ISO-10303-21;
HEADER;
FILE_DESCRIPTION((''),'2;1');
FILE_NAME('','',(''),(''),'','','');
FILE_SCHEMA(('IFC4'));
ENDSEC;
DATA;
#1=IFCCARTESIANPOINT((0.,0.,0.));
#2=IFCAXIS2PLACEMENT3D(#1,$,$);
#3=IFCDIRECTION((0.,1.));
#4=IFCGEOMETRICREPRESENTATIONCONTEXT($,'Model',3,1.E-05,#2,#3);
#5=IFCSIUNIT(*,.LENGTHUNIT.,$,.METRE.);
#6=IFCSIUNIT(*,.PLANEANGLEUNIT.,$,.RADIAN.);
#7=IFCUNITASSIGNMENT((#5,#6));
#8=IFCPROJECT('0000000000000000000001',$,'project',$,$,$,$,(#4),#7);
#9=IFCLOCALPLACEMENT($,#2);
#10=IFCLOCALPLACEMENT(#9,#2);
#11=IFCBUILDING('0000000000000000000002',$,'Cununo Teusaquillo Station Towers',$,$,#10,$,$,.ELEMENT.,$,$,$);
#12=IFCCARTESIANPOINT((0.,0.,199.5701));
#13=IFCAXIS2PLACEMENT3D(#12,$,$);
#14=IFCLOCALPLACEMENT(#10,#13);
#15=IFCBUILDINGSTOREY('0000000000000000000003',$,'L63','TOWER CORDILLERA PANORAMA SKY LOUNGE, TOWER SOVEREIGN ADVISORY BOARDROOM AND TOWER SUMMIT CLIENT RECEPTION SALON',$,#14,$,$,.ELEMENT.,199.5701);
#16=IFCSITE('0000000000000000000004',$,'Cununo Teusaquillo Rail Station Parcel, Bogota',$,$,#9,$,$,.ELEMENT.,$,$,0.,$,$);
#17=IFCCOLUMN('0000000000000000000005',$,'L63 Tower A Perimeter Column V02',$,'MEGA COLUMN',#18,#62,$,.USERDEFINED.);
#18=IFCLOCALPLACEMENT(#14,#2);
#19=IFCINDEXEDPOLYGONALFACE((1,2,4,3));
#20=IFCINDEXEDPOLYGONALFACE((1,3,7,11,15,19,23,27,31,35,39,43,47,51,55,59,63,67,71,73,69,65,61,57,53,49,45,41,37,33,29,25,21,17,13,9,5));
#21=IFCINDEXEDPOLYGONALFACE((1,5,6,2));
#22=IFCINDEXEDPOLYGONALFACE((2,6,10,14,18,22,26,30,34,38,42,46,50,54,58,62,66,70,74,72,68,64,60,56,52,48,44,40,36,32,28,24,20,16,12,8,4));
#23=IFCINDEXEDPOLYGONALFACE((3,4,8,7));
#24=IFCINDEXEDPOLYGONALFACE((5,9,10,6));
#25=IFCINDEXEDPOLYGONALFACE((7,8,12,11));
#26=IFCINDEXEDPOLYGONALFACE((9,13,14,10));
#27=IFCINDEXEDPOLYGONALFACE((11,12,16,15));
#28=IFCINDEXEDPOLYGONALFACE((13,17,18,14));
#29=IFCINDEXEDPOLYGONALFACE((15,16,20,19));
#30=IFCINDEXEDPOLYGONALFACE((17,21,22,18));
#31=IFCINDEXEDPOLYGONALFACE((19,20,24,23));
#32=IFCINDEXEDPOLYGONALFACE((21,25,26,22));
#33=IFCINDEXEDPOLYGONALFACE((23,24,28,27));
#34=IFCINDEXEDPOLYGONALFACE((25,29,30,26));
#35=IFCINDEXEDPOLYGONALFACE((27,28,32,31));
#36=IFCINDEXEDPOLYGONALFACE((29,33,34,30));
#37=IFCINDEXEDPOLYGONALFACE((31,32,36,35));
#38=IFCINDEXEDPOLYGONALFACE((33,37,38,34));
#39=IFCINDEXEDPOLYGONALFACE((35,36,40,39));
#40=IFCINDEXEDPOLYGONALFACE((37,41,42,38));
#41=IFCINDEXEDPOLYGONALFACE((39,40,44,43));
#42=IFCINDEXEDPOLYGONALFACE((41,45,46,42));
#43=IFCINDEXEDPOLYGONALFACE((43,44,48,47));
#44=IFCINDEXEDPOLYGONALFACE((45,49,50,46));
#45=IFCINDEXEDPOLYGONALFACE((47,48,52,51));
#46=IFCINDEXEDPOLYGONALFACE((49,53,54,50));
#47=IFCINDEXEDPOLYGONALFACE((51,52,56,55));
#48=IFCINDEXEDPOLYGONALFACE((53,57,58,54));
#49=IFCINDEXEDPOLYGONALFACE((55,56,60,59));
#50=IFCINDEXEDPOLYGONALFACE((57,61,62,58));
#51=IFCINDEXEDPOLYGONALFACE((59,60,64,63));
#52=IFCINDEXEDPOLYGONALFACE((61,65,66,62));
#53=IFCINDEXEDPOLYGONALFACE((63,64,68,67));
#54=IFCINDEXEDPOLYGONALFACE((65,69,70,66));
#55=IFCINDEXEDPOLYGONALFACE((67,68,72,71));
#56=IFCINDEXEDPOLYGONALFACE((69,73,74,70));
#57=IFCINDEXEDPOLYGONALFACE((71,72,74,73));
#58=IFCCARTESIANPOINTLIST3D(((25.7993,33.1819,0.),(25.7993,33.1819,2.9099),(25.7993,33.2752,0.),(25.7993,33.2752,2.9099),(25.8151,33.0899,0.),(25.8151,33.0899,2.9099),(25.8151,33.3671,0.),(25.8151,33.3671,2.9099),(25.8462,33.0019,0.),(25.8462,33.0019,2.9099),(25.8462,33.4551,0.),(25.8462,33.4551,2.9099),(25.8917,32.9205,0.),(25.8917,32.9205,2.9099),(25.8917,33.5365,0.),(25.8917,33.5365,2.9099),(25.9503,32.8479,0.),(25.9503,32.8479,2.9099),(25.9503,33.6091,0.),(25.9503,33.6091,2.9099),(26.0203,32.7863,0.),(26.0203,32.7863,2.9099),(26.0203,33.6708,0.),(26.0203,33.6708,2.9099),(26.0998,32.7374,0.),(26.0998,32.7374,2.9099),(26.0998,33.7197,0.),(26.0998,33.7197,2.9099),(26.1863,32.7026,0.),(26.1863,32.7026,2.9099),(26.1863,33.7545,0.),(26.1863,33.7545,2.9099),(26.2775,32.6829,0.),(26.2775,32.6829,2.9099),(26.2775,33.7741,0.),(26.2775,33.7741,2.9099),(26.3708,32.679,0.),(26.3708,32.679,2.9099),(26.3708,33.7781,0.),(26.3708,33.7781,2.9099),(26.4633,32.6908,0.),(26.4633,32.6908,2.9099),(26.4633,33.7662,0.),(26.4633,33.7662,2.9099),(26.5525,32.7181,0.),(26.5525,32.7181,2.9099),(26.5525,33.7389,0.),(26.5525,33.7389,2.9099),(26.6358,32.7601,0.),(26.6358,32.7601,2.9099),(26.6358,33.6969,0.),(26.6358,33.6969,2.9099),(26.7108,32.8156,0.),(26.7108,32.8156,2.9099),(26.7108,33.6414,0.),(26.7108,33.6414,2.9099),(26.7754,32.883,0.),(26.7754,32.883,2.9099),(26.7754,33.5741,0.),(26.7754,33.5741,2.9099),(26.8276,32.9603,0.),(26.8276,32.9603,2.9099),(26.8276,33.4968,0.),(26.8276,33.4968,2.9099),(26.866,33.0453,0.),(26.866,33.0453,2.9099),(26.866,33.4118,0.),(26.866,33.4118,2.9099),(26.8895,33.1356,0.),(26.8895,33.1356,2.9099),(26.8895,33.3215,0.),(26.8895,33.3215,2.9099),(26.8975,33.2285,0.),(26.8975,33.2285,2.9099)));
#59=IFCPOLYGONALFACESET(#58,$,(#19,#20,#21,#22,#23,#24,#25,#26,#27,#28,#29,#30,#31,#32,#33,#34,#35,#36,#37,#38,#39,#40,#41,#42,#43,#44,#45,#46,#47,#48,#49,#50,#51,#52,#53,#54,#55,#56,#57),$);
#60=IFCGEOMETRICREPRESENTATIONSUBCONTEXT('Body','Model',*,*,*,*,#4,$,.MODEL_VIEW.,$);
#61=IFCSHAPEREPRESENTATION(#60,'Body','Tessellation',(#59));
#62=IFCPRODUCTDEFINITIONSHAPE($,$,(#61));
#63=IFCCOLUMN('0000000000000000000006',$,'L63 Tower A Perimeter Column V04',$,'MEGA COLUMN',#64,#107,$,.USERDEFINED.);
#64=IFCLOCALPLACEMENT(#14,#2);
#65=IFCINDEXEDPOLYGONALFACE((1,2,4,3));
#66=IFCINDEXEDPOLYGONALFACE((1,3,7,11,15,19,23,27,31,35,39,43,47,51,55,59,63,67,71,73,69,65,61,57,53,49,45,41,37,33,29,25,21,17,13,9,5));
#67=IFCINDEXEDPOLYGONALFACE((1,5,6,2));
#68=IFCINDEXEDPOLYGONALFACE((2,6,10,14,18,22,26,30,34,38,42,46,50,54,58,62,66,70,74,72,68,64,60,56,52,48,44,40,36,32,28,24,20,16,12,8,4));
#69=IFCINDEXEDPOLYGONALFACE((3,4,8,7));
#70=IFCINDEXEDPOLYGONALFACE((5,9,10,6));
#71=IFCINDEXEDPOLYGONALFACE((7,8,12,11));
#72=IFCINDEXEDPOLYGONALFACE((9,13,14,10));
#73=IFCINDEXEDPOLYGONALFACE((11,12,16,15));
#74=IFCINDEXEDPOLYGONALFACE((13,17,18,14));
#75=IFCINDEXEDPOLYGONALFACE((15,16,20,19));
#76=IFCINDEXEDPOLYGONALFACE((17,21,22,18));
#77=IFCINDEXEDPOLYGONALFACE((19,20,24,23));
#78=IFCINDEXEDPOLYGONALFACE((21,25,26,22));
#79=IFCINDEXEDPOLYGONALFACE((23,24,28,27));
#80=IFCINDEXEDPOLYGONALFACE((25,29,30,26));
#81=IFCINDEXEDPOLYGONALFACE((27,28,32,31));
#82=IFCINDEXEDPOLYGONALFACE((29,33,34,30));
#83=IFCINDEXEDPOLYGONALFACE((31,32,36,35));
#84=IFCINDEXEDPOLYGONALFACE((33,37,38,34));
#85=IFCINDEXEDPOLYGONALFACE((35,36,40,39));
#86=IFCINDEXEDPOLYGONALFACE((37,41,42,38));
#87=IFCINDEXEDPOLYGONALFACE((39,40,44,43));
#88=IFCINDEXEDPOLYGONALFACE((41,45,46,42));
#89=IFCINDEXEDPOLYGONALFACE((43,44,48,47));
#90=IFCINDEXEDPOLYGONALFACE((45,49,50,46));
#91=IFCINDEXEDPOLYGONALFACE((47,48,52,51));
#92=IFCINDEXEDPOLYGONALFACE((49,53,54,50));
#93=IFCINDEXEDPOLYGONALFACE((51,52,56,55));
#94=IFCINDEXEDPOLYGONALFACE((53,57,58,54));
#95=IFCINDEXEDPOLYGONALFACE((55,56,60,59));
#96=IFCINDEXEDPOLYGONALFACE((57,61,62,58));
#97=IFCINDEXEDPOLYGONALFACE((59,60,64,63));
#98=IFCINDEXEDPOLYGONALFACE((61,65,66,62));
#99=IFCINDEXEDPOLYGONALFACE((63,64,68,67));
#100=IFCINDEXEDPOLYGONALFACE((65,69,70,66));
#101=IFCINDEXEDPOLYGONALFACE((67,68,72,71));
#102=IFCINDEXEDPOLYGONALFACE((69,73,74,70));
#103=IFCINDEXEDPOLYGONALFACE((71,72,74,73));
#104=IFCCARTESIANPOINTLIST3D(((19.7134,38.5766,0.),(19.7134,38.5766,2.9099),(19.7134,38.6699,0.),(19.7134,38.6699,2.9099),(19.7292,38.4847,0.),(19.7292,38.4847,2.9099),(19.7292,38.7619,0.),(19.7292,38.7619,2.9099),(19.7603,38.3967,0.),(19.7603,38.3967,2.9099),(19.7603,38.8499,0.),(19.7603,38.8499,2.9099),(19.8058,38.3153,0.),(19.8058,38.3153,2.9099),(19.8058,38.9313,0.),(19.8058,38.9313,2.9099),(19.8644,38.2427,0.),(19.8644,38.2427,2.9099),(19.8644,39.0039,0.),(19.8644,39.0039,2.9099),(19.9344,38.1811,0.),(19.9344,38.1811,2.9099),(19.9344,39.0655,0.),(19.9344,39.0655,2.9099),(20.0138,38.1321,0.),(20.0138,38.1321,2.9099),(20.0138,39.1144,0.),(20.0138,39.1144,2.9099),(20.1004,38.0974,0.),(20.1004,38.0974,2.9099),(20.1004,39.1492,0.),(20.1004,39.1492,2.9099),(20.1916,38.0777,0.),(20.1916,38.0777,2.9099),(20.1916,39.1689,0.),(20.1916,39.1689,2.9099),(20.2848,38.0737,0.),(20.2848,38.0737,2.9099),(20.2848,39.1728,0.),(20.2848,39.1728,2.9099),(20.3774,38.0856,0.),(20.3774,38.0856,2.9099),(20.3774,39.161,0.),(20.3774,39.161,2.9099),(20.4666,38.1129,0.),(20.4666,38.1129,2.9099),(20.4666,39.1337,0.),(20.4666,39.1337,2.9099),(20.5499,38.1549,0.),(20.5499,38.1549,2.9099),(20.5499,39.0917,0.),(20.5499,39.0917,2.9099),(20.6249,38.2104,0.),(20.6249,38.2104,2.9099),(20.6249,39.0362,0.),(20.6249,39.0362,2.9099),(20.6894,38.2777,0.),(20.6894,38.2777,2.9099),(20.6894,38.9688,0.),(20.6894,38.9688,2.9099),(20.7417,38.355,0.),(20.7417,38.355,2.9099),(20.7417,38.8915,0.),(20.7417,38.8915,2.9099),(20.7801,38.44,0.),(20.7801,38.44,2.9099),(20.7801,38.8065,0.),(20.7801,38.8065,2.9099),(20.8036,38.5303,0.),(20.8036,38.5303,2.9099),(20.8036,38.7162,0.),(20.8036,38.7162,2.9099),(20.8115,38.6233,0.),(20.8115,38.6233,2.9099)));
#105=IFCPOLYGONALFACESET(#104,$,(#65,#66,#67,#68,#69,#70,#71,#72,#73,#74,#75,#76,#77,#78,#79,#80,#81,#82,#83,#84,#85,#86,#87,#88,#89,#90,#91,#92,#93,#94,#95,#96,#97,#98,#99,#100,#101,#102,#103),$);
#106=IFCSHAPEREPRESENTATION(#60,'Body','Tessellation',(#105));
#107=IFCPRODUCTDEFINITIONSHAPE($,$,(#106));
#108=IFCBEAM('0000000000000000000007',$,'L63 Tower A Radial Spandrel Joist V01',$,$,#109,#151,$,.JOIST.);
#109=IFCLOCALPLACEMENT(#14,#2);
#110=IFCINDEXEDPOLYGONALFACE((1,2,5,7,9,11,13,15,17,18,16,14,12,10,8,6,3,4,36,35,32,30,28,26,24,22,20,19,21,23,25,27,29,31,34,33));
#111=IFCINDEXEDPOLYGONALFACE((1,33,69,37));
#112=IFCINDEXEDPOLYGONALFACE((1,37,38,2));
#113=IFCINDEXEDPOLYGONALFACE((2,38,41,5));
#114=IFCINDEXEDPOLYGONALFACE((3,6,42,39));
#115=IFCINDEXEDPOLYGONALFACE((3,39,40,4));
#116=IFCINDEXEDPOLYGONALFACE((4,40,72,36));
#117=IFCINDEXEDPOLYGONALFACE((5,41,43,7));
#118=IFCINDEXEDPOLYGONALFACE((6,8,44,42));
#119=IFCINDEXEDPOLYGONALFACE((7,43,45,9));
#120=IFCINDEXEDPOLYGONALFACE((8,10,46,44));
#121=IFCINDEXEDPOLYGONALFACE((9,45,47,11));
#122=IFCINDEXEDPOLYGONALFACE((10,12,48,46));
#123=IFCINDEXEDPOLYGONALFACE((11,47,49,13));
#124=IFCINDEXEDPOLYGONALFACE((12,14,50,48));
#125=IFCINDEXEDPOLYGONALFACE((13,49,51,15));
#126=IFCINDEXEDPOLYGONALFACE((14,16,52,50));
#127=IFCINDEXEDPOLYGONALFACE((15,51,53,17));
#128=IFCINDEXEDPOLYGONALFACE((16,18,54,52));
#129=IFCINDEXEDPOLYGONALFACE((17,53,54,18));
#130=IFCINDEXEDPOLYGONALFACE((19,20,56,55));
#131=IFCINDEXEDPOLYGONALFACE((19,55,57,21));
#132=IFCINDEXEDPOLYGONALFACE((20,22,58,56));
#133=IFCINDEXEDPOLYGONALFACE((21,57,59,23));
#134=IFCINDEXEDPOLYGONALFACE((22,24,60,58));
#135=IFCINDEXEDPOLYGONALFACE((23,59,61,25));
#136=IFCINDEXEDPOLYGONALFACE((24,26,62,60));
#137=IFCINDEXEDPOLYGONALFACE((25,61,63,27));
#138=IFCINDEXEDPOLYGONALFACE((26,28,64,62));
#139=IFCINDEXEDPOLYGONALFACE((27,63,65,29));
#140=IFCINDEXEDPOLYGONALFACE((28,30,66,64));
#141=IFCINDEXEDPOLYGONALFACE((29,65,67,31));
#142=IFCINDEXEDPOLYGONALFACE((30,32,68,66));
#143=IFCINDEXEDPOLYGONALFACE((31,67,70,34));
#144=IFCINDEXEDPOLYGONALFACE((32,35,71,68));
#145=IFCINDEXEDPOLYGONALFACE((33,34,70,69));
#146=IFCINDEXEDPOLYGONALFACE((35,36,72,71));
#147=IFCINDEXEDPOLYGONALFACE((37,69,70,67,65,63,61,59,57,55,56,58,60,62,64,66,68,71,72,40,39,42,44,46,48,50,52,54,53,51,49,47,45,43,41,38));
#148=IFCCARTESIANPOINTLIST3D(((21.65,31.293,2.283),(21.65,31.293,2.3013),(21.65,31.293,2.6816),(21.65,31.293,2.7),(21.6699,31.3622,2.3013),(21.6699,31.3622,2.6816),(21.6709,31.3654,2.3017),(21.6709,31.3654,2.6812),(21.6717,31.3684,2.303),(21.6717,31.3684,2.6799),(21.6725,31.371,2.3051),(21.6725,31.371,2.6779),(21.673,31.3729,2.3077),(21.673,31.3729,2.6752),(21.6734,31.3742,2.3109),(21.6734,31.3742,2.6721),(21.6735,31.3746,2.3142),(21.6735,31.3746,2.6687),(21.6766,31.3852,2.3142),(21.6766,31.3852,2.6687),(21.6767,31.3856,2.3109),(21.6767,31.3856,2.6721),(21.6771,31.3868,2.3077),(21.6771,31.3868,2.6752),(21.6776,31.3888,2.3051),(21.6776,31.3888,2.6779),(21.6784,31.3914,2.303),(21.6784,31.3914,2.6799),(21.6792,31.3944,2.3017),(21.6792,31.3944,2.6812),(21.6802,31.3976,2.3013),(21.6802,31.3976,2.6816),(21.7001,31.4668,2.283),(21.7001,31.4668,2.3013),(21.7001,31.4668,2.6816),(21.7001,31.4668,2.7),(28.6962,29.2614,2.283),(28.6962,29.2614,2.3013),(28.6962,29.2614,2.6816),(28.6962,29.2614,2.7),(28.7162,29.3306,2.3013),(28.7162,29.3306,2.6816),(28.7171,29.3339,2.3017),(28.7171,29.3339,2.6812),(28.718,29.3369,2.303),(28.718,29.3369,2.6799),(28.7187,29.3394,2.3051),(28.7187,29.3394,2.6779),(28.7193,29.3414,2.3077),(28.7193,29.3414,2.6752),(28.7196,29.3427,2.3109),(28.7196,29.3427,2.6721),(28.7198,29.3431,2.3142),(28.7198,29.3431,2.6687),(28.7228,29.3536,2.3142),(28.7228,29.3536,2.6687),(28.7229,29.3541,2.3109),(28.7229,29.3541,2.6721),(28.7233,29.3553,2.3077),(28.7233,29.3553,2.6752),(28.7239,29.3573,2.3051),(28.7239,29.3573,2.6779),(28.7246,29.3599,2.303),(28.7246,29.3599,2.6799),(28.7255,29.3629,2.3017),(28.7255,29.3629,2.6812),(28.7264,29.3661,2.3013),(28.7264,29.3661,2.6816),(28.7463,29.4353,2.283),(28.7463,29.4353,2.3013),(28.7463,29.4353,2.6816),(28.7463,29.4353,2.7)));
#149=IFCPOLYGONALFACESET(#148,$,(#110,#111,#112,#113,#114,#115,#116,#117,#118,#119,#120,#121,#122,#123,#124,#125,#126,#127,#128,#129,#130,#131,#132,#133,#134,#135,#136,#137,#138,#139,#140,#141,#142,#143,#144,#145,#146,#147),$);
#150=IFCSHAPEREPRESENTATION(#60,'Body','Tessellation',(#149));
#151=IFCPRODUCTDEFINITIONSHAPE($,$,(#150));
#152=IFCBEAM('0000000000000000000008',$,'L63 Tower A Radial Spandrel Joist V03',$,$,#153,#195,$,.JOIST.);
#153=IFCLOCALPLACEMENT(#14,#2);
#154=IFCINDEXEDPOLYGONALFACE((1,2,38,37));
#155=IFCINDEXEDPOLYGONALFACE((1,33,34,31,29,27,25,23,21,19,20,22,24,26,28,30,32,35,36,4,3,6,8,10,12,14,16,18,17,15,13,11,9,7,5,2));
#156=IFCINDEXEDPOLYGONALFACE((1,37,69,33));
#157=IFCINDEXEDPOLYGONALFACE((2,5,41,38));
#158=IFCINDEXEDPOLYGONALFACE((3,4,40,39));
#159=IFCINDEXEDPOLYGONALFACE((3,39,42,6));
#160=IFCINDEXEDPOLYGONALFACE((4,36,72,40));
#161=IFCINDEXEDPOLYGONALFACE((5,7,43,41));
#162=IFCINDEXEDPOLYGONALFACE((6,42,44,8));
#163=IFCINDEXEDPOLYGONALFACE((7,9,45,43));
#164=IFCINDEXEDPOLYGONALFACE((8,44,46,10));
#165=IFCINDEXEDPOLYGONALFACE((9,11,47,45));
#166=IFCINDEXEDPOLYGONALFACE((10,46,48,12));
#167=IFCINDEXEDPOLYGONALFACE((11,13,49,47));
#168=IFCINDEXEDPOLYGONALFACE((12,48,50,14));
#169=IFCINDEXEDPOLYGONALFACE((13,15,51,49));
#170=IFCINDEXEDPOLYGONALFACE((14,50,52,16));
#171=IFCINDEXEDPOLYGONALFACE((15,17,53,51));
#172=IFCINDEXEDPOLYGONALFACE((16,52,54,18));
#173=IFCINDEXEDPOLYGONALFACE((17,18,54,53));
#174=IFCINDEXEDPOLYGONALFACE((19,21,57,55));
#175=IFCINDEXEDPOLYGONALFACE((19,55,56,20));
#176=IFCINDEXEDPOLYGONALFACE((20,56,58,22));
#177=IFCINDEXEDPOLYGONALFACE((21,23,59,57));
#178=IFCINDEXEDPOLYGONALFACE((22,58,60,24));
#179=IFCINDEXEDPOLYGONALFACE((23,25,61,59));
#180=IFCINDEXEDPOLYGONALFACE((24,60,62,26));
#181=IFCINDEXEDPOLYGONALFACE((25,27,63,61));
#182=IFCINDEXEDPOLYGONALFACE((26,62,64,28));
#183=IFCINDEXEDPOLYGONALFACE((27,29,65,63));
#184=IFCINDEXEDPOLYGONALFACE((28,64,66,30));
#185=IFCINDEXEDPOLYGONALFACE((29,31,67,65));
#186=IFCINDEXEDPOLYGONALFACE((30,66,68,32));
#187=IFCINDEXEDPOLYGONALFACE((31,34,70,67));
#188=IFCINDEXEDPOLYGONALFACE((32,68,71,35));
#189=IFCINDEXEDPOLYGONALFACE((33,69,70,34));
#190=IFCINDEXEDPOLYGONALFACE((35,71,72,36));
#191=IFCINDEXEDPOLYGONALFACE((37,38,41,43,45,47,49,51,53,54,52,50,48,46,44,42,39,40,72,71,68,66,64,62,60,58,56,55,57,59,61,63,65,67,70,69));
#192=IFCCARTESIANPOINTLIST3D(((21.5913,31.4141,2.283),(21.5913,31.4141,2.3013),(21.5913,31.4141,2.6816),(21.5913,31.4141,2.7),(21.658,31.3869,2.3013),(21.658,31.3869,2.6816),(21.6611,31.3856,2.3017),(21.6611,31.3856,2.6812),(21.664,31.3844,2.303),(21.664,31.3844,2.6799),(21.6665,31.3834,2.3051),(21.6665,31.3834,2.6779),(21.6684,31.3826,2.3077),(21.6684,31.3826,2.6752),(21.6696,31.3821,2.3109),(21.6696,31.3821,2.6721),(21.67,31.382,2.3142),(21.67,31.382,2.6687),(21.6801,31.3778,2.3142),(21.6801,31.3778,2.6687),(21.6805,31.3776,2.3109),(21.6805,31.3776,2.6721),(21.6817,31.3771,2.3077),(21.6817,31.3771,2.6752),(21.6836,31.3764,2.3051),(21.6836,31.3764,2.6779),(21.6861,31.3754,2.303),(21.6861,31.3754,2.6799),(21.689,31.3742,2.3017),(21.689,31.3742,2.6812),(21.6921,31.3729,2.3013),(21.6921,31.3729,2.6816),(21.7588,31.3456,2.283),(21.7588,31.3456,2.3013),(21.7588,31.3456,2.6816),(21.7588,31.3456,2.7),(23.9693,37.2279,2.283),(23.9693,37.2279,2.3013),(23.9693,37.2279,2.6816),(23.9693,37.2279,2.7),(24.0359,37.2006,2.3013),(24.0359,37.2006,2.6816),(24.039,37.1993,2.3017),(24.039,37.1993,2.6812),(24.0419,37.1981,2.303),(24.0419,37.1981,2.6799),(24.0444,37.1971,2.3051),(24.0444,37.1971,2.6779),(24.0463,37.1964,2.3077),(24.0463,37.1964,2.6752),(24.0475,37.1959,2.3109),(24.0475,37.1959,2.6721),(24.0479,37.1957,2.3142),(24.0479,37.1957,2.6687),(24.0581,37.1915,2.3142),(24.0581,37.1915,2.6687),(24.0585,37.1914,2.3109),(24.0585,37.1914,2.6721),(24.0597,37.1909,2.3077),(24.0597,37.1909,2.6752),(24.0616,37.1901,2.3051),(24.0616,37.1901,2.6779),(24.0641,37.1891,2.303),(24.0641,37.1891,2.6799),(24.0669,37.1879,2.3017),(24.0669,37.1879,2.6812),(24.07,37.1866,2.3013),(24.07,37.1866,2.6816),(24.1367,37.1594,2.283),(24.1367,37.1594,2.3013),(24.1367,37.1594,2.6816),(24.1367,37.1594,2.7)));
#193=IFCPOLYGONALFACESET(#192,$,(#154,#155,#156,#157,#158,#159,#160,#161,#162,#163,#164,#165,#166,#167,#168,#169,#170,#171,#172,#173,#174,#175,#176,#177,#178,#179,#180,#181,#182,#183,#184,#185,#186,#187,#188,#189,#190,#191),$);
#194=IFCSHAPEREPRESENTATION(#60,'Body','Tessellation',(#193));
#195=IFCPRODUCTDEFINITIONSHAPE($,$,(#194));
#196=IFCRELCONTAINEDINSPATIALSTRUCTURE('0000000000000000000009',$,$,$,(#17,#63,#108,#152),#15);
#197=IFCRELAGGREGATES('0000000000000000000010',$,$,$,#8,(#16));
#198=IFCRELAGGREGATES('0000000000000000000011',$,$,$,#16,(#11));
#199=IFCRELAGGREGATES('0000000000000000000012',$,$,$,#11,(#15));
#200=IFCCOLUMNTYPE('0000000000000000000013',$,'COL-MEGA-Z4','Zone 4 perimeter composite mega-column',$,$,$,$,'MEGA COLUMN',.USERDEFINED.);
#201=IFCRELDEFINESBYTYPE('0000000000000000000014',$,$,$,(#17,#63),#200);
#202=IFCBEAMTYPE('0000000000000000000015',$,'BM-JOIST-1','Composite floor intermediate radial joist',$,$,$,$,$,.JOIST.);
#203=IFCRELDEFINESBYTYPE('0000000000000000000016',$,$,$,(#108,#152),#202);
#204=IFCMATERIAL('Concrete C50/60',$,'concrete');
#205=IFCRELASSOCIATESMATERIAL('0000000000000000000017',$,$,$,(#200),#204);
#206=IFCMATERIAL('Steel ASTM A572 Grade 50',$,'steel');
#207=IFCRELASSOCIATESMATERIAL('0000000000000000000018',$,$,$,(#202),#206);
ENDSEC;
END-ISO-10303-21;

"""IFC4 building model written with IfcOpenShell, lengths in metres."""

from ifc_helpers import new_model, si_unit, direction, frame, origin, origin_2d, place, context, subcontext, project, spatial, circle, i_section, extrude, material, material_profile, profile_set, type_object, element, save


model = new_model("IFC4")

# Units and contexts
model_context = context("Model", 3, precision=1e-05, world=origin(), true_north=direction((0.0, 1.0)))
body_context = subcontext(model_context, "Body", "Model", "MODEL_VIEW")
ifc_project = project(units=[si_unit("LENGTHUNIT", "METRE"), si_unit("PLANEANGLEUNIT", "RADIAN")], contexts=[model_context])

# Site, building, storey
site_placement = place(None, origin())
site = spatial("IfcSite", under=ifc_project, at=site_placement, Name="Cununo Teusaquillo Rail Station Parcel, Bogota", CompositionType="ELEMENT", RefElevation=0.0)
building_placement = place(site_placement, origin())
building = spatial("IfcBuilding", under=site, at=building_placement, Name="Cununo Teusaquillo Station Towers", CompositionType="ELEMENT")
storey_placement = place(building_placement, frame((0.0, 0.0, 199.5701)))
storey = spatial("IfcBuildingStorey", under=building, at=storey_placement, Name="L63", Description="TOWER CORDILLERA PANORAMA SKY LOUNGE, TOWER SOVEREIGN ADVISORY BOARDROOM AND TOWER SUMMIT CLIENT RECEPTION SALON", CompositionType="ELEMENT", Elevation=199.5701)

# Columns
ifc_material_1 = material(Name="Concrete C50/60", Category="concrete")
ifc_material_profile_1 = material_profile(ifc_material_1, circle(Radius=0.55, at=origin_2d()), Name="RC-CIRC-1100")
ifc_profile_set_1 = profile_set([ifc_material_profile_1], Name="Concrete C50/60")
column_type = type_object("IfcColumnType", Name="COL-MEGA-Z4", Description="Zone 4 perimeter composite mega-column", ElementType="MEGA COLUMN", PredefinedType="USERDEFINED", material=ifc_profile_set_1)
for number, where, z_axis, x_axis, name in (
    (1, (26.3474, 33.2285, 0.0), (0.0, 0.0, 1.0), (1.0, 0.0, 0.0), "L63 Tower A Perimeter Column V02"),
    (2, (20.2615, 38.6233, 0.0), (0.0, 0.0, 1.0), (1.0, 0.0, 0.0), "L63 Tower A Perimeter Column V04"),
):
    element("IfcColumn", number, at=place(storey_placement, frame(where, z_axis=z_axis, x_axis=x_axis)), inside=storey, type_object=column_type, Name=name, ObjectType="MEGA COLUMN", PredefinedType="USERDEFINED", context=body_context, shape_type="SweptSolid", body=[
        extrude(circle(Radius=0.55, at=origin_2d()), origin(), (0.0, 0.0, 1.0), 2.9099),
    ])

# Beams
ifc_material_2 = material(Name="Steel ASTM A572 Grade 50", Category="steel")
ifc_material_profile_2 = material_profile(ifc_material_2, i_section(OverallWidth=0.1809, OverallDepth=0.417, WebThickness=0.011, FlangeThickness=0.0183, FilletRadius=0.0129, at=origin_2d()), Name="W16X57")
ifc_profile_set_2 = profile_set([ifc_material_profile_2], Name="Steel ASTM A572 Grade 50")
beam_type_1 = type_object("IfcBeamType", Name="BM-JOIST-1", Description="Composite floor intermediate radial joist", PredefinedType="JOIST", material=ifc_profile_set_2)
beam_1_placement = place(storey_placement, frame((21.675, 31.3799, 2.4915), z_axis=(0.960862, -0.277029, 0.0), x_axis=(0.277029, 0.960862, 0.0)))
element("IfcBeam", 3, at=beam_1_placement, inside=storey, type_object=beam_type_1, Name="L63 Tower A Radial Spandrel Joist V01", PredefinedType="JOIST", context=body_context, shape_type="SweptSolid", body=[
    extrude(i_section(OverallWidth=0.1809, OverallDepth=0.417, WebThickness=0.011, FlangeThickness=0.0183, FilletRadius=0.0129, at=origin_2d()), origin(), (0.0, 0.0, 1.0), 7.3333),
])
beam_2_placement = place(storey_placement, frame((21.675, 31.3799, 2.4915), z_axis=(0.378577, 0.92557, 0.0), x_axis=(-0.92557, 0.378577, 0.0)))
element("IfcBeam", 4, at=beam_2_placement, inside=storey, type_object=beam_type_1, Name="L63 Tower A Radial Spandrel Joist V03", PredefinedType="JOIST", context=body_context, shape_type="SweptSolid", body=[
    extrude(i_section(OverallWidth=0.1809, OverallDepth=0.417, WebThickness=0.011, FlangeThickness=0.0183, FilletRadius=0.0129, at=origin_2d()), origin(), (0.0, 0.0, 1.0), 6.2812),
])

save(model, "model.ifc")
